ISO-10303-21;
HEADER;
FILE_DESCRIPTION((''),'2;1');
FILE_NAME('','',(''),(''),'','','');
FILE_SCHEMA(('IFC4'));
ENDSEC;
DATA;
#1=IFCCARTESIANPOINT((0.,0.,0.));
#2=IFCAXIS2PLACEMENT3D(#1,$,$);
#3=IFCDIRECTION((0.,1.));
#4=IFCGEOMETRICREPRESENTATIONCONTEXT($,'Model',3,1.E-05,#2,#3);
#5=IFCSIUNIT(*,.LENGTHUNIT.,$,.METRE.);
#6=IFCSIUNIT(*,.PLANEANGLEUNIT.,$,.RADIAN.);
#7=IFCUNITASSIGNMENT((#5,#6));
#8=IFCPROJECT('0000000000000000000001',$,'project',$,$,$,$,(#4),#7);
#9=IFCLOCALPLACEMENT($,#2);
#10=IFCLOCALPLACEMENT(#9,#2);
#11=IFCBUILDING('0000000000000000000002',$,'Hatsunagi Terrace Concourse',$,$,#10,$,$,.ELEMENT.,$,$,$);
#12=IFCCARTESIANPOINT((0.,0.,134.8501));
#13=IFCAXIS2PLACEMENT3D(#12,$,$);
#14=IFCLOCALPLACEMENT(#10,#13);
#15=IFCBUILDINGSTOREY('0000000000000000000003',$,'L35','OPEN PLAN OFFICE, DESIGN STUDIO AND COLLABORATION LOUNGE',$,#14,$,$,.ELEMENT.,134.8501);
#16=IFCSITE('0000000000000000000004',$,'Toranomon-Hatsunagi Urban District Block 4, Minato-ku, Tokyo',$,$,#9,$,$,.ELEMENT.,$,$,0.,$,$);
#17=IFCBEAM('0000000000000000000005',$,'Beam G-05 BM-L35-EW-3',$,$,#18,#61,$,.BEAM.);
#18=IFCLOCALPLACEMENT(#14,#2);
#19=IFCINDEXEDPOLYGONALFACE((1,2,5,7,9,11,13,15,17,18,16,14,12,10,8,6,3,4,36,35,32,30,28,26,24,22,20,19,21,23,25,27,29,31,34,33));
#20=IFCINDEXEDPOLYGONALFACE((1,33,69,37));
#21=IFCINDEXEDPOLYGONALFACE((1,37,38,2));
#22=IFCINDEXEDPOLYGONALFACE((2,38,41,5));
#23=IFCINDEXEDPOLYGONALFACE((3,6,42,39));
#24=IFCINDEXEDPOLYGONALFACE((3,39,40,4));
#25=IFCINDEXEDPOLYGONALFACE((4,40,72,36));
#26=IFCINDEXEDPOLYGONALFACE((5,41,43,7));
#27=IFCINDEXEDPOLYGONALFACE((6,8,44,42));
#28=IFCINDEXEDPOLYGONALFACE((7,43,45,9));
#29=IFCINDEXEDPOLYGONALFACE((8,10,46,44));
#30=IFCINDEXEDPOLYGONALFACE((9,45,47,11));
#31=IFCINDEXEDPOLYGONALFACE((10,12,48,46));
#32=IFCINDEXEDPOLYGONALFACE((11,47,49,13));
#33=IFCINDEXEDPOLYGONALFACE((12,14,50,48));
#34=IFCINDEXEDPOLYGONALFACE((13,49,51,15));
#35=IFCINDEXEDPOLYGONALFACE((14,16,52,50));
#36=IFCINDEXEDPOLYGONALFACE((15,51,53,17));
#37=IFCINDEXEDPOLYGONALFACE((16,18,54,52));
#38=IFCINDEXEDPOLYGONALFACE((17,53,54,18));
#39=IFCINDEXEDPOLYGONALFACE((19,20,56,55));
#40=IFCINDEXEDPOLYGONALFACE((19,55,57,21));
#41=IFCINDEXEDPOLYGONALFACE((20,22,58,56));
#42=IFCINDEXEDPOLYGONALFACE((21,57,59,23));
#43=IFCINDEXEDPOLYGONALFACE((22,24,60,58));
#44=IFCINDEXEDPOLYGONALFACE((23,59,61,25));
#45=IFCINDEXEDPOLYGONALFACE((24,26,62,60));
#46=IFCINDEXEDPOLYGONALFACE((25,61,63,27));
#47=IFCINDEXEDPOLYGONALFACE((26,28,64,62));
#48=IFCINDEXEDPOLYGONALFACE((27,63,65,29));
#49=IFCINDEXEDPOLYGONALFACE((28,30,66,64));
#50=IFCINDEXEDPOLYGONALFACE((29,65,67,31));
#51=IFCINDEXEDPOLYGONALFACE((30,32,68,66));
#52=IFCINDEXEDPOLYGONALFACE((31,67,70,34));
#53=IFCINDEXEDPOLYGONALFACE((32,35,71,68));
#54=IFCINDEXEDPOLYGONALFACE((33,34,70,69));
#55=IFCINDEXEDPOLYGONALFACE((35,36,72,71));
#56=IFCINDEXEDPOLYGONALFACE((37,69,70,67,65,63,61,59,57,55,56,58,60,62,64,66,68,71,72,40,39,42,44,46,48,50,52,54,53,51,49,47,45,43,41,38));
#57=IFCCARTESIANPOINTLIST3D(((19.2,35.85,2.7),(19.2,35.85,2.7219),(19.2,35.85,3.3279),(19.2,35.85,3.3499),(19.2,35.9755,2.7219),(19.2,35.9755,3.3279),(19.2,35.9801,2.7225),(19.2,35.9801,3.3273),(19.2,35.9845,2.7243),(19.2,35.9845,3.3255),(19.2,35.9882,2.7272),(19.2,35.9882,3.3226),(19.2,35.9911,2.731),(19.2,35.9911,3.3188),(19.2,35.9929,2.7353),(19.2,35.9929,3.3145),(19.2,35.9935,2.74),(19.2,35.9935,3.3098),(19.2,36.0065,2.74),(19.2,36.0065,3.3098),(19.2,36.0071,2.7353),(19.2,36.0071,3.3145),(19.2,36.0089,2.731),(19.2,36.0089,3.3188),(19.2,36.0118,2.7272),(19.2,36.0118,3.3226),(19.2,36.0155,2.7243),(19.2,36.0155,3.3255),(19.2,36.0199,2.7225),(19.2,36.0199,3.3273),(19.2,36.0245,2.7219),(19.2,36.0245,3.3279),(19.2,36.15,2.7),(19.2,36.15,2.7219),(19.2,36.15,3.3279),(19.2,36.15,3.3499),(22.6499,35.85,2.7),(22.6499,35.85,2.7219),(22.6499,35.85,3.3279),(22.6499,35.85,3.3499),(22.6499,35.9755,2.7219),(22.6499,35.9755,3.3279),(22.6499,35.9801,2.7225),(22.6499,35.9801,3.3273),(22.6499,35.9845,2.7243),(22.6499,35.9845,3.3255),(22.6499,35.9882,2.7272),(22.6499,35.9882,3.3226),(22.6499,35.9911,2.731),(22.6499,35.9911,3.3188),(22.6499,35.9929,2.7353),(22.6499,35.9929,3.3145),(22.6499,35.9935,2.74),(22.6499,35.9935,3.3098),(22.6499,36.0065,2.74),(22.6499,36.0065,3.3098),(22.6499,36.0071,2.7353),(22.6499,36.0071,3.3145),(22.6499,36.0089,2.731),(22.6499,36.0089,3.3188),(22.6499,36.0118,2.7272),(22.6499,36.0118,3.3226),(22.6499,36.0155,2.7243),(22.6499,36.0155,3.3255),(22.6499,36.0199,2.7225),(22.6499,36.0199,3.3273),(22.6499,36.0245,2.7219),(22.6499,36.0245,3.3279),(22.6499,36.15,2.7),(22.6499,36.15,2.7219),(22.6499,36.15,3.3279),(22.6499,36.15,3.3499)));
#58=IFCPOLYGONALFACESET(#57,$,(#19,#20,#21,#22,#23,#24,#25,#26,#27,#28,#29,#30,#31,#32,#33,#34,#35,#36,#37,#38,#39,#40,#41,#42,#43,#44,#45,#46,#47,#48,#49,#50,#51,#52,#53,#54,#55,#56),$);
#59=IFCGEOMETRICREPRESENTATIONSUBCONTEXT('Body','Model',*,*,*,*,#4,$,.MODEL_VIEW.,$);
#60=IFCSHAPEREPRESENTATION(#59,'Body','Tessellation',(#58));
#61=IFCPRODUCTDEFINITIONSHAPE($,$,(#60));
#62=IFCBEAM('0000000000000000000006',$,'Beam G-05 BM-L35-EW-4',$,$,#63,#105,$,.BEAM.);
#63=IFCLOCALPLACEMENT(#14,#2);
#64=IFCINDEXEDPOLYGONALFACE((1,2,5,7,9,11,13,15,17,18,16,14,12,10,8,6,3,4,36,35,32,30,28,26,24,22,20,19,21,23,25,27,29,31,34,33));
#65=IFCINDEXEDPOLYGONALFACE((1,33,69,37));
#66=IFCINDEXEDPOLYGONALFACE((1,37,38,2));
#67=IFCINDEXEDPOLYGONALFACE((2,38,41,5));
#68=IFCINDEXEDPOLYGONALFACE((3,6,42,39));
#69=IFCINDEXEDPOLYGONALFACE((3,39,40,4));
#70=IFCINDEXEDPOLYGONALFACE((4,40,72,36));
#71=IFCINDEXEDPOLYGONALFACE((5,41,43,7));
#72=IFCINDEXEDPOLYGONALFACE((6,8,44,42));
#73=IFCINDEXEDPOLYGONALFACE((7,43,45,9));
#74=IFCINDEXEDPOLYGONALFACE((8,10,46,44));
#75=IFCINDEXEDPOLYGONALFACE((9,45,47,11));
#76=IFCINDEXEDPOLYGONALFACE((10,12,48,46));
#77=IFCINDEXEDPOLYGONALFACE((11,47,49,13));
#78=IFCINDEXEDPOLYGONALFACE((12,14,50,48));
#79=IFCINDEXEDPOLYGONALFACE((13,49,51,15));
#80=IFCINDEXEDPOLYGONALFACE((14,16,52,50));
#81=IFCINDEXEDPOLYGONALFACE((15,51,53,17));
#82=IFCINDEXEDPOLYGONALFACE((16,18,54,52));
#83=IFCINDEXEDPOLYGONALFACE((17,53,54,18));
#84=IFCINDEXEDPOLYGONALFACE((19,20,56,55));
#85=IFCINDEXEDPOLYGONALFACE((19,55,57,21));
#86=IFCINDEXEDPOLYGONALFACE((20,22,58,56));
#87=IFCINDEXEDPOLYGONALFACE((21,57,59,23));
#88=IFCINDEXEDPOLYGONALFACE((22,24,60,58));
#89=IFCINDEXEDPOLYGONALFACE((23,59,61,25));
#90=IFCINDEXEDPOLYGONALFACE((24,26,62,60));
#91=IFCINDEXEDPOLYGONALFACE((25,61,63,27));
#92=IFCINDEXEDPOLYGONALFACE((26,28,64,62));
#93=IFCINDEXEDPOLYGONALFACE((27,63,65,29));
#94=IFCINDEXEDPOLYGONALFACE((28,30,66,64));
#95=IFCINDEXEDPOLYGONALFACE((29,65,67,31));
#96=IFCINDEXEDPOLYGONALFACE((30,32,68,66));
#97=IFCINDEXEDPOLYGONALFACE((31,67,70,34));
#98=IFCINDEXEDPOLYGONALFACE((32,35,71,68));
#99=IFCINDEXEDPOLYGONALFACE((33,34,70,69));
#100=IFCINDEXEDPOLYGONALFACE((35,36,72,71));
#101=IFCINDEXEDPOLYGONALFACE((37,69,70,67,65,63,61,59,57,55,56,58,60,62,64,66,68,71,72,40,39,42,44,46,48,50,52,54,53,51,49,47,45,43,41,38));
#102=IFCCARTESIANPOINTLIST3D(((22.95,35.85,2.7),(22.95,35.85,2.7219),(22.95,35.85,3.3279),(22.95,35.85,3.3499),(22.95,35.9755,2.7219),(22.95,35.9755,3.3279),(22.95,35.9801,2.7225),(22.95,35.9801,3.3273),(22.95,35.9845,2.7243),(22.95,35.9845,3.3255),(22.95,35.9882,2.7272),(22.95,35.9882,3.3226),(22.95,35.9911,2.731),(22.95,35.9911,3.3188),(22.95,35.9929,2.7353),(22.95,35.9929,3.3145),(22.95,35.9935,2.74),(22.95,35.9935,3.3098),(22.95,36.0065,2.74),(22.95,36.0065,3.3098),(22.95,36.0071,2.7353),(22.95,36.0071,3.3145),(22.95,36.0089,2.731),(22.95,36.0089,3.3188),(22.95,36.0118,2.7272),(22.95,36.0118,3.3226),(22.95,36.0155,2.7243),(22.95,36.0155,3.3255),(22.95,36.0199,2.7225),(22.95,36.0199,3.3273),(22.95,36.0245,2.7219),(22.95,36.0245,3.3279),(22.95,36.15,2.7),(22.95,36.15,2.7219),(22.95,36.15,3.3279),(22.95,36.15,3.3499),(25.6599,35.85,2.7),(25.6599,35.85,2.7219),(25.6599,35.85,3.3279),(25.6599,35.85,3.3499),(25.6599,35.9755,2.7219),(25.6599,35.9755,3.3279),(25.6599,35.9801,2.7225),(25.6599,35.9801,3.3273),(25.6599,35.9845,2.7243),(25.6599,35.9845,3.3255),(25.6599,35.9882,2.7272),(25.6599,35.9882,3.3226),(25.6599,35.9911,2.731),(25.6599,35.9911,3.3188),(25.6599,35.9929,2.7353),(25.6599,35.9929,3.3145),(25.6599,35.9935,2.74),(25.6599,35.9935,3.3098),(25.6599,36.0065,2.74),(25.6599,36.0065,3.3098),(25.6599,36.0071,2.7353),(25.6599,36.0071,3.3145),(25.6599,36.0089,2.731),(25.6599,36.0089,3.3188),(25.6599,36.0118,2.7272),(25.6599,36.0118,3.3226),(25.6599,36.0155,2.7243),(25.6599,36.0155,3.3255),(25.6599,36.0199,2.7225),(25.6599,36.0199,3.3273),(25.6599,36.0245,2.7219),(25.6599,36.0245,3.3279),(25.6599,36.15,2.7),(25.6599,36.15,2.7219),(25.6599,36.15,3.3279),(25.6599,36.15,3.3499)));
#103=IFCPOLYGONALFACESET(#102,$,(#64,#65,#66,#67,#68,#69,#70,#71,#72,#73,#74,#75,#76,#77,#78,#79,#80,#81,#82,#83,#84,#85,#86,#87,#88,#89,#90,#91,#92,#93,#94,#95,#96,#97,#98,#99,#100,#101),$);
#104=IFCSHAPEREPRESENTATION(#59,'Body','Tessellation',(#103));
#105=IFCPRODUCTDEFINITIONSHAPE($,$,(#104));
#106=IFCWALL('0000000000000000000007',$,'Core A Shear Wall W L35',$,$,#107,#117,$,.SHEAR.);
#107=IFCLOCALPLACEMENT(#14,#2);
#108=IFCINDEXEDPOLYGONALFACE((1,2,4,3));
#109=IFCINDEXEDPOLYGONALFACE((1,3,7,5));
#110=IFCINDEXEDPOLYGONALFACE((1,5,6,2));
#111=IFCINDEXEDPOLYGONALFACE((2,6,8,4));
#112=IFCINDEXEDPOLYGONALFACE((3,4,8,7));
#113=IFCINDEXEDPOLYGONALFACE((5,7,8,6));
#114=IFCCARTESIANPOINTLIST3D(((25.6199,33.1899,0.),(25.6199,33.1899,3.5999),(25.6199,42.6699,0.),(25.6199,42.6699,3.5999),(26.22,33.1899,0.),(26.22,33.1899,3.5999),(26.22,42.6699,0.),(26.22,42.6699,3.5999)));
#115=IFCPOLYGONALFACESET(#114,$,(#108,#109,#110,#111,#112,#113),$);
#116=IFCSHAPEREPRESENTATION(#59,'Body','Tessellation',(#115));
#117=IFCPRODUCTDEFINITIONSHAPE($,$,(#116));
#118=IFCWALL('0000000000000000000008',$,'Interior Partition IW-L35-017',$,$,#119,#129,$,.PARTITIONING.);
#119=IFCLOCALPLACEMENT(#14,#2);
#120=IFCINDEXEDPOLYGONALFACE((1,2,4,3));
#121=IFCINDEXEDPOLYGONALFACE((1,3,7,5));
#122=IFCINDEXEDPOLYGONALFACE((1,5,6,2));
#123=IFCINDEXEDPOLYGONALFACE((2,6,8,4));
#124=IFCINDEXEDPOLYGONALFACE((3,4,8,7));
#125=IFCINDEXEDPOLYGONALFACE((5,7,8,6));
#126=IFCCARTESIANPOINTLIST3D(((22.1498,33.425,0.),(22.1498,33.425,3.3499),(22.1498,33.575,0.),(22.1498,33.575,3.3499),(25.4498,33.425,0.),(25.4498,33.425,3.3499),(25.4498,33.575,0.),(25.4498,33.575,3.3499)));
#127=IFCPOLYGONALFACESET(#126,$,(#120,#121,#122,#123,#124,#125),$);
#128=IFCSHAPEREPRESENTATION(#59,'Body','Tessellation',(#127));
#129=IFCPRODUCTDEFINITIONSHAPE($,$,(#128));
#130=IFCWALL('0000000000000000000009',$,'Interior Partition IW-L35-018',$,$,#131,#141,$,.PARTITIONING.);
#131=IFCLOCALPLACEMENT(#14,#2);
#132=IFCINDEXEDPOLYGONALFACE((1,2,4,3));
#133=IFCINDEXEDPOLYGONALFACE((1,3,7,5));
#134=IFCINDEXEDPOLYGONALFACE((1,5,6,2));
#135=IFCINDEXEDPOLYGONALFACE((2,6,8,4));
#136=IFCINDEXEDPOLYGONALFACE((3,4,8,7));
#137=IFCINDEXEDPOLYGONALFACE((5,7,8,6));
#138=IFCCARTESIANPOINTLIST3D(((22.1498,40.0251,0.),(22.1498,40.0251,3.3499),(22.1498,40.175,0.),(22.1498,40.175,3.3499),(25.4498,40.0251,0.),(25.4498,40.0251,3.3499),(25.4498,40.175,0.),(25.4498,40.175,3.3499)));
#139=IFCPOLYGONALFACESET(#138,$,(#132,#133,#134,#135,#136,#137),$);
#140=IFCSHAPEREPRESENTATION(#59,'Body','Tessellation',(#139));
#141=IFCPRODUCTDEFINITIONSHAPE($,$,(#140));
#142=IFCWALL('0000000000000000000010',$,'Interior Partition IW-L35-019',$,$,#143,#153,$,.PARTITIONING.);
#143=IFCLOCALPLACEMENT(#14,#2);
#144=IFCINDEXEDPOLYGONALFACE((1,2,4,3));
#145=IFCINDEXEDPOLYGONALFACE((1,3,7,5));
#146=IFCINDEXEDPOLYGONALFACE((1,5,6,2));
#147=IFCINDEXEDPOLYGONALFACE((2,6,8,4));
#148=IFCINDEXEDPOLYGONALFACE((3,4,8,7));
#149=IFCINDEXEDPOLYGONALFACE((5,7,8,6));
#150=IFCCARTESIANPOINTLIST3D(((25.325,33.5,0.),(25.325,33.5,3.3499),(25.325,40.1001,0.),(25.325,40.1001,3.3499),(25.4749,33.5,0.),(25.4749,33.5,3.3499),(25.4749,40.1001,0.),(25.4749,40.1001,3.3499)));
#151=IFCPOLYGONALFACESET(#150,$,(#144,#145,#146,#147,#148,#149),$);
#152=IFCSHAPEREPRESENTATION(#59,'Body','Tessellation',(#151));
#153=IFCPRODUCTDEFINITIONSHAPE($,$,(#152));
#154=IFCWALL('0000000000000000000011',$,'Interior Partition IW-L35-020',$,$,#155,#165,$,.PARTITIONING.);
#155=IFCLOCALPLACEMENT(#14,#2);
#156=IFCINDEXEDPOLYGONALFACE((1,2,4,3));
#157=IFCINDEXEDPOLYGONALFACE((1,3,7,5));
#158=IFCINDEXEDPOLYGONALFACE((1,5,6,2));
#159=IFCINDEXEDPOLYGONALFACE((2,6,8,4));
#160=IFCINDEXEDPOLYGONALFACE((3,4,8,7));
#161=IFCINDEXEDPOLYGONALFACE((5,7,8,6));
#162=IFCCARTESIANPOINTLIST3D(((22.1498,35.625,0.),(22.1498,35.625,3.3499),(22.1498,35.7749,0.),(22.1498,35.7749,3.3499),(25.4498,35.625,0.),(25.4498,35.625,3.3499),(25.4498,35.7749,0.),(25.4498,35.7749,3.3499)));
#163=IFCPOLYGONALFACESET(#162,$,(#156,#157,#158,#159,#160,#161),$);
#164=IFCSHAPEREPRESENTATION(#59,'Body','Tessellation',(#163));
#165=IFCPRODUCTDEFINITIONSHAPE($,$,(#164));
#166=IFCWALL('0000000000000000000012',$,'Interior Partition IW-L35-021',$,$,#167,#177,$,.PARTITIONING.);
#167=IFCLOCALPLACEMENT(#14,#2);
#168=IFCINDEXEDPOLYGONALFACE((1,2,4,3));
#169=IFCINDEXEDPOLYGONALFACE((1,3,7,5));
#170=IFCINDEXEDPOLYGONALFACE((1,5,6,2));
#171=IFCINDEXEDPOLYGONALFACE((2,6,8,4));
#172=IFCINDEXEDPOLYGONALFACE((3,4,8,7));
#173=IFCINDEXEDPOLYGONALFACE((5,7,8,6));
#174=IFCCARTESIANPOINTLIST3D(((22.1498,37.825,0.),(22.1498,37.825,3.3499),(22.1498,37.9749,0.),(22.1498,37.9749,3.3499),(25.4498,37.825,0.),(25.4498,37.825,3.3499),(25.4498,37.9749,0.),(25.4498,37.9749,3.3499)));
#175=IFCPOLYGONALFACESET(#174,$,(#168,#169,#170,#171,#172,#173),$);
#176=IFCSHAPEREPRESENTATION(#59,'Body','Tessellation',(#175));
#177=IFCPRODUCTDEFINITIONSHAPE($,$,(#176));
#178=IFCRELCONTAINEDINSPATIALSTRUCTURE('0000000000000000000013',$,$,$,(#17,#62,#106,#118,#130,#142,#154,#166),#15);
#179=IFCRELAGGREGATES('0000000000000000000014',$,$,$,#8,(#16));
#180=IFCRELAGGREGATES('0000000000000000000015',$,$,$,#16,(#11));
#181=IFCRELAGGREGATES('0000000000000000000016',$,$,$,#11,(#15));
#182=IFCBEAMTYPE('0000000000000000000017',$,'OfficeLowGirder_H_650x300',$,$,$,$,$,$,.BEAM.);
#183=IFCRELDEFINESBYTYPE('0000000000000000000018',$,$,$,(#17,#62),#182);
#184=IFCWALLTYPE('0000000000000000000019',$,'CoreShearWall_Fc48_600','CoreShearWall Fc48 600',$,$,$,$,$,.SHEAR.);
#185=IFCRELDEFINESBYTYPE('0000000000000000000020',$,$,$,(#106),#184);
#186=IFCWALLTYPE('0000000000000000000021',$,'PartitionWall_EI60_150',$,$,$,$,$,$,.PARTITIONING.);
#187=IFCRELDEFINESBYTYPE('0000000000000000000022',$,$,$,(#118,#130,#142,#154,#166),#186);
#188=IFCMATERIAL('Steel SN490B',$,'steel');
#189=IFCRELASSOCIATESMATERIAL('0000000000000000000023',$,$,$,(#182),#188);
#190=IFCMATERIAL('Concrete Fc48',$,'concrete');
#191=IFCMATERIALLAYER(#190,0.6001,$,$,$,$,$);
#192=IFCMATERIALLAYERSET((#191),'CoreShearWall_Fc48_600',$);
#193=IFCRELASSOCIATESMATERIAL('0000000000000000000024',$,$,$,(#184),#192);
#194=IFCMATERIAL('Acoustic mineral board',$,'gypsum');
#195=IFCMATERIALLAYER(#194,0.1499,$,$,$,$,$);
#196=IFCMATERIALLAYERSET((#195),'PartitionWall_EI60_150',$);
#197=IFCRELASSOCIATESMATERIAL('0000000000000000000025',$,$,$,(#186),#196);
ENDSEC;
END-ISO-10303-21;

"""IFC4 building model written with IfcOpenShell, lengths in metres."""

from ifc_helpers import new_model, si_unit, direction, frame, frame_2d, origin, origin_2d, place, context, subcontext, project, spatial, rectangle, i_section, extrude, material, layer, layer_set, material_profile, profile_set, type_object, element, save


model = new_model("IFC4")

# Units and contexts
model_context = context("Model", 3, precision=1e-05, world=origin(), true_north=direction((0.0, 1.0)))
body_context = subcontext(model_context, "Body", "Model", "MODEL_VIEW")
ifc_project = project(units=[si_unit("LENGTHUNIT", "METRE"), si_unit("PLANEANGLEUNIT", "RADIAN")], contexts=[model_context])

# Site, building, storey
site_placement = place(None, origin())
site = spatial("IfcSite", under=ifc_project, at=site_placement, Name="Toranomon-Hatsunagi Urban District Block 4, Minato-ku, Tokyo", CompositionType="ELEMENT", RefElevation=0.0)
building_placement = place(site_placement, origin())
building = spatial("IfcBuilding", under=site, at=building_placement, Name="Hatsunagi Terrace Concourse", CompositionType="ELEMENT")
storey_placement = place(building_placement, frame((0.0, 0.0, 134.8501)))
storey = spatial("IfcBuildingStorey", under=building, at=storey_placement, Name="L35", Description="OPEN PLAN OFFICE, DESIGN STUDIO AND COLLABORATION LOUNGE", CompositionType="ELEMENT", Elevation=134.8501)

# Beams
ifc_material_1 = material(Name="Steel SN490B", Category="steel")
ifc_material_profile_1 = material_profile(ifc_material_1, i_section(OverallWidth=0.3, OverallDepth=0.6499, WebThickness=0.0129, FlangeThickness=0.022, FilletRadius=0.0181, at=origin_2d()), Name="H-650x300x13x22")
ifc_profile_set_1 = profile_set([ifc_material_profile_1], Name="Steel SN490B")
beam_type_1 = type_object("IfcBeamType", Name="OfficeLowGirder_H_650x300", PredefinedType="BEAM", material=ifc_profile_set_1)
beam_1_placement = place(storey_placement, frame((19.2, 36.0, 3.0249), z_axis=(1.0, 0.0, 0.0), x_axis=(0.0, 1.0, 0.0)))
element("IfcBeam", 1, at=beam_1_placement, inside=storey, type_object=beam_type_1, Name="Beam G-05 BM-L35-EW-3", PredefinedType="BEAM", context=body_context, shape_type="SweptSolid", body=[
    extrude(i_section(OverallWidth=0.3, OverallDepth=0.6499, WebThickness=0.0129, FlangeThickness=0.022, FilletRadius=0.0181, at=origin_2d()), origin(), (0.0, 0.0, 1.0), 3.45),
])
beam_2_placement = place(storey_placement, frame((22.95, 36.0, 3.0249), z_axis=(1.0, 0.0, 0.0), x_axis=(0.0, 1.0, 0.0)))
element("IfcBeam", 2, at=beam_2_placement, inside=storey, type_object=beam_type_1, Name="Beam G-05 BM-L35-EW-4", PredefinedType="BEAM", context=body_context, shape_type="SweptSolid", body=[
    extrude(i_section(OverallWidth=0.3, OverallDepth=0.6499, WebThickness=0.0129, FlangeThickness=0.022, FilletRadius=0.0181, at=origin_2d()), origin(), (0.0, 0.0, 1.0), 2.71),
])

# Shared definitions
ifc_material_2 = material(Name="Concrete Fc48", Category="concrete")
ifc_layer_1 = layer(ifc_material_2, 0.6001)
ifc_layer_set_1 = layer_set([ifc_layer_1], Name="CoreShearWall_Fc48_600")
wall_type_1 = type_object("IfcWallType", Name="CoreShearWall_Fc48_600", Description="CoreShearWall Fc48 600", PredefinedType="SHEAR", material=ifc_layer_set_1)

# Walls
wall_1_placement = place(storey_placement, frame((25.9199, 33.1899, 0.0), z_axis=(0.0, 0.0, 1.0), x_axis=(0.0, 1.0, 0.0)))
element("IfcWall", 3, at=wall_1_placement, inside=storey, type_object=wall_type_1, Name="Core A Shear Wall W L35", PredefinedType="SHEAR", context=body_context, shape_type="SweptSolid", body=[
    extrude(rectangle(XDim=9.48, YDim=0.6001, at=frame_2d((4.74, 0.0))), origin(), (0.0, 0.0, 1.0), 3.5999),
])
ifc_material_3 = material(Name="Acoustic mineral board", Category="gypsum")
ifc_layer_2 = layer(ifc_material_3, 0.1499)
ifc_layer_set_2 = layer_set([ifc_layer_2], Name="PartitionWall_EI60_150")
wall_type_2 = type_object("IfcWallType", Name="PartitionWall_EI60_150", PredefinedType="PARTITIONING", material=ifc_layer_set_2)
for number, where, z_axis, x_axis, name in (
    (4, (22.1499, 33.5, 0.0), (0.0, 0.0, 1.0), (1.0, 0.0, 0.0), "Interior Partition IW-L35-017"),
    (5, (22.1499, 40.1001, 0.0), (0.0, 0.0, 1.0), (1.0, 0.0, 0.0), "Interior Partition IW-L35-018"),
):
    element("IfcWall", number, at=place(storey_placement, frame(where, z_axis=z_axis, x_axis=x_axis)), inside=storey, type_object=wall_type_2, Name=name, PredefinedType="PARTITIONING", context=body_context, shape_type="SweptSolid", body=[
        extrude(rectangle(XDim=3.3, YDim=0.1499, at=frame_2d((1.6499, 0.0))), origin(), (0.0, 0.0, 1.0), 3.3499),
    ])
wall_2_placement = place(storey_placement, frame((25.3999, 33.5, 0.0), z_axis=(0.0, 0.0, 1.0), x_axis=(0.0, 1.0, 0.0)))
element("IfcWall", 6, at=wall_2_placement, inside=storey, type_object=wall_type_2, Name="Interior Partition IW-L35-019", PredefinedType="PARTITIONING", context=body_context, shape_type="SweptSolid", body=[
    extrude(rectangle(XDim=6.6001, YDim=0.1499, at=frame_2d((3.3, 0.0))), origin(), (0.0, 0.0, 1.0), 3.3499),
])
for number, where, z_axis, x_axis, name in (
    (7, (22.1499, 35.7, 0.0), (0.0, 0.0, 1.0), (1.0, 0.0, 0.0), "Interior Partition IW-L35-020"),
    (8, (22.1499, 37.8999, 0.0), (0.0, 0.0, 1.0), (1.0, 0.0, 0.0), "Interior Partition IW-L35-021"),
):
    element("IfcWall", number, at=place(storey_placement, frame(where, z_axis=z_axis, x_axis=x_axis)), inside=storey, type_object=wall_type_2, Name=name, PredefinedType="PARTITIONING", context=body_context, shape_type="SweptSolid", body=[
        extrude(rectangle(XDim=3.3, YDim=0.1499, at=frame_2d((1.6499, 0.0))), origin(), (0.0, 0.0, 1.0), 3.3499),
    ])

save(model, "model.ifc")
